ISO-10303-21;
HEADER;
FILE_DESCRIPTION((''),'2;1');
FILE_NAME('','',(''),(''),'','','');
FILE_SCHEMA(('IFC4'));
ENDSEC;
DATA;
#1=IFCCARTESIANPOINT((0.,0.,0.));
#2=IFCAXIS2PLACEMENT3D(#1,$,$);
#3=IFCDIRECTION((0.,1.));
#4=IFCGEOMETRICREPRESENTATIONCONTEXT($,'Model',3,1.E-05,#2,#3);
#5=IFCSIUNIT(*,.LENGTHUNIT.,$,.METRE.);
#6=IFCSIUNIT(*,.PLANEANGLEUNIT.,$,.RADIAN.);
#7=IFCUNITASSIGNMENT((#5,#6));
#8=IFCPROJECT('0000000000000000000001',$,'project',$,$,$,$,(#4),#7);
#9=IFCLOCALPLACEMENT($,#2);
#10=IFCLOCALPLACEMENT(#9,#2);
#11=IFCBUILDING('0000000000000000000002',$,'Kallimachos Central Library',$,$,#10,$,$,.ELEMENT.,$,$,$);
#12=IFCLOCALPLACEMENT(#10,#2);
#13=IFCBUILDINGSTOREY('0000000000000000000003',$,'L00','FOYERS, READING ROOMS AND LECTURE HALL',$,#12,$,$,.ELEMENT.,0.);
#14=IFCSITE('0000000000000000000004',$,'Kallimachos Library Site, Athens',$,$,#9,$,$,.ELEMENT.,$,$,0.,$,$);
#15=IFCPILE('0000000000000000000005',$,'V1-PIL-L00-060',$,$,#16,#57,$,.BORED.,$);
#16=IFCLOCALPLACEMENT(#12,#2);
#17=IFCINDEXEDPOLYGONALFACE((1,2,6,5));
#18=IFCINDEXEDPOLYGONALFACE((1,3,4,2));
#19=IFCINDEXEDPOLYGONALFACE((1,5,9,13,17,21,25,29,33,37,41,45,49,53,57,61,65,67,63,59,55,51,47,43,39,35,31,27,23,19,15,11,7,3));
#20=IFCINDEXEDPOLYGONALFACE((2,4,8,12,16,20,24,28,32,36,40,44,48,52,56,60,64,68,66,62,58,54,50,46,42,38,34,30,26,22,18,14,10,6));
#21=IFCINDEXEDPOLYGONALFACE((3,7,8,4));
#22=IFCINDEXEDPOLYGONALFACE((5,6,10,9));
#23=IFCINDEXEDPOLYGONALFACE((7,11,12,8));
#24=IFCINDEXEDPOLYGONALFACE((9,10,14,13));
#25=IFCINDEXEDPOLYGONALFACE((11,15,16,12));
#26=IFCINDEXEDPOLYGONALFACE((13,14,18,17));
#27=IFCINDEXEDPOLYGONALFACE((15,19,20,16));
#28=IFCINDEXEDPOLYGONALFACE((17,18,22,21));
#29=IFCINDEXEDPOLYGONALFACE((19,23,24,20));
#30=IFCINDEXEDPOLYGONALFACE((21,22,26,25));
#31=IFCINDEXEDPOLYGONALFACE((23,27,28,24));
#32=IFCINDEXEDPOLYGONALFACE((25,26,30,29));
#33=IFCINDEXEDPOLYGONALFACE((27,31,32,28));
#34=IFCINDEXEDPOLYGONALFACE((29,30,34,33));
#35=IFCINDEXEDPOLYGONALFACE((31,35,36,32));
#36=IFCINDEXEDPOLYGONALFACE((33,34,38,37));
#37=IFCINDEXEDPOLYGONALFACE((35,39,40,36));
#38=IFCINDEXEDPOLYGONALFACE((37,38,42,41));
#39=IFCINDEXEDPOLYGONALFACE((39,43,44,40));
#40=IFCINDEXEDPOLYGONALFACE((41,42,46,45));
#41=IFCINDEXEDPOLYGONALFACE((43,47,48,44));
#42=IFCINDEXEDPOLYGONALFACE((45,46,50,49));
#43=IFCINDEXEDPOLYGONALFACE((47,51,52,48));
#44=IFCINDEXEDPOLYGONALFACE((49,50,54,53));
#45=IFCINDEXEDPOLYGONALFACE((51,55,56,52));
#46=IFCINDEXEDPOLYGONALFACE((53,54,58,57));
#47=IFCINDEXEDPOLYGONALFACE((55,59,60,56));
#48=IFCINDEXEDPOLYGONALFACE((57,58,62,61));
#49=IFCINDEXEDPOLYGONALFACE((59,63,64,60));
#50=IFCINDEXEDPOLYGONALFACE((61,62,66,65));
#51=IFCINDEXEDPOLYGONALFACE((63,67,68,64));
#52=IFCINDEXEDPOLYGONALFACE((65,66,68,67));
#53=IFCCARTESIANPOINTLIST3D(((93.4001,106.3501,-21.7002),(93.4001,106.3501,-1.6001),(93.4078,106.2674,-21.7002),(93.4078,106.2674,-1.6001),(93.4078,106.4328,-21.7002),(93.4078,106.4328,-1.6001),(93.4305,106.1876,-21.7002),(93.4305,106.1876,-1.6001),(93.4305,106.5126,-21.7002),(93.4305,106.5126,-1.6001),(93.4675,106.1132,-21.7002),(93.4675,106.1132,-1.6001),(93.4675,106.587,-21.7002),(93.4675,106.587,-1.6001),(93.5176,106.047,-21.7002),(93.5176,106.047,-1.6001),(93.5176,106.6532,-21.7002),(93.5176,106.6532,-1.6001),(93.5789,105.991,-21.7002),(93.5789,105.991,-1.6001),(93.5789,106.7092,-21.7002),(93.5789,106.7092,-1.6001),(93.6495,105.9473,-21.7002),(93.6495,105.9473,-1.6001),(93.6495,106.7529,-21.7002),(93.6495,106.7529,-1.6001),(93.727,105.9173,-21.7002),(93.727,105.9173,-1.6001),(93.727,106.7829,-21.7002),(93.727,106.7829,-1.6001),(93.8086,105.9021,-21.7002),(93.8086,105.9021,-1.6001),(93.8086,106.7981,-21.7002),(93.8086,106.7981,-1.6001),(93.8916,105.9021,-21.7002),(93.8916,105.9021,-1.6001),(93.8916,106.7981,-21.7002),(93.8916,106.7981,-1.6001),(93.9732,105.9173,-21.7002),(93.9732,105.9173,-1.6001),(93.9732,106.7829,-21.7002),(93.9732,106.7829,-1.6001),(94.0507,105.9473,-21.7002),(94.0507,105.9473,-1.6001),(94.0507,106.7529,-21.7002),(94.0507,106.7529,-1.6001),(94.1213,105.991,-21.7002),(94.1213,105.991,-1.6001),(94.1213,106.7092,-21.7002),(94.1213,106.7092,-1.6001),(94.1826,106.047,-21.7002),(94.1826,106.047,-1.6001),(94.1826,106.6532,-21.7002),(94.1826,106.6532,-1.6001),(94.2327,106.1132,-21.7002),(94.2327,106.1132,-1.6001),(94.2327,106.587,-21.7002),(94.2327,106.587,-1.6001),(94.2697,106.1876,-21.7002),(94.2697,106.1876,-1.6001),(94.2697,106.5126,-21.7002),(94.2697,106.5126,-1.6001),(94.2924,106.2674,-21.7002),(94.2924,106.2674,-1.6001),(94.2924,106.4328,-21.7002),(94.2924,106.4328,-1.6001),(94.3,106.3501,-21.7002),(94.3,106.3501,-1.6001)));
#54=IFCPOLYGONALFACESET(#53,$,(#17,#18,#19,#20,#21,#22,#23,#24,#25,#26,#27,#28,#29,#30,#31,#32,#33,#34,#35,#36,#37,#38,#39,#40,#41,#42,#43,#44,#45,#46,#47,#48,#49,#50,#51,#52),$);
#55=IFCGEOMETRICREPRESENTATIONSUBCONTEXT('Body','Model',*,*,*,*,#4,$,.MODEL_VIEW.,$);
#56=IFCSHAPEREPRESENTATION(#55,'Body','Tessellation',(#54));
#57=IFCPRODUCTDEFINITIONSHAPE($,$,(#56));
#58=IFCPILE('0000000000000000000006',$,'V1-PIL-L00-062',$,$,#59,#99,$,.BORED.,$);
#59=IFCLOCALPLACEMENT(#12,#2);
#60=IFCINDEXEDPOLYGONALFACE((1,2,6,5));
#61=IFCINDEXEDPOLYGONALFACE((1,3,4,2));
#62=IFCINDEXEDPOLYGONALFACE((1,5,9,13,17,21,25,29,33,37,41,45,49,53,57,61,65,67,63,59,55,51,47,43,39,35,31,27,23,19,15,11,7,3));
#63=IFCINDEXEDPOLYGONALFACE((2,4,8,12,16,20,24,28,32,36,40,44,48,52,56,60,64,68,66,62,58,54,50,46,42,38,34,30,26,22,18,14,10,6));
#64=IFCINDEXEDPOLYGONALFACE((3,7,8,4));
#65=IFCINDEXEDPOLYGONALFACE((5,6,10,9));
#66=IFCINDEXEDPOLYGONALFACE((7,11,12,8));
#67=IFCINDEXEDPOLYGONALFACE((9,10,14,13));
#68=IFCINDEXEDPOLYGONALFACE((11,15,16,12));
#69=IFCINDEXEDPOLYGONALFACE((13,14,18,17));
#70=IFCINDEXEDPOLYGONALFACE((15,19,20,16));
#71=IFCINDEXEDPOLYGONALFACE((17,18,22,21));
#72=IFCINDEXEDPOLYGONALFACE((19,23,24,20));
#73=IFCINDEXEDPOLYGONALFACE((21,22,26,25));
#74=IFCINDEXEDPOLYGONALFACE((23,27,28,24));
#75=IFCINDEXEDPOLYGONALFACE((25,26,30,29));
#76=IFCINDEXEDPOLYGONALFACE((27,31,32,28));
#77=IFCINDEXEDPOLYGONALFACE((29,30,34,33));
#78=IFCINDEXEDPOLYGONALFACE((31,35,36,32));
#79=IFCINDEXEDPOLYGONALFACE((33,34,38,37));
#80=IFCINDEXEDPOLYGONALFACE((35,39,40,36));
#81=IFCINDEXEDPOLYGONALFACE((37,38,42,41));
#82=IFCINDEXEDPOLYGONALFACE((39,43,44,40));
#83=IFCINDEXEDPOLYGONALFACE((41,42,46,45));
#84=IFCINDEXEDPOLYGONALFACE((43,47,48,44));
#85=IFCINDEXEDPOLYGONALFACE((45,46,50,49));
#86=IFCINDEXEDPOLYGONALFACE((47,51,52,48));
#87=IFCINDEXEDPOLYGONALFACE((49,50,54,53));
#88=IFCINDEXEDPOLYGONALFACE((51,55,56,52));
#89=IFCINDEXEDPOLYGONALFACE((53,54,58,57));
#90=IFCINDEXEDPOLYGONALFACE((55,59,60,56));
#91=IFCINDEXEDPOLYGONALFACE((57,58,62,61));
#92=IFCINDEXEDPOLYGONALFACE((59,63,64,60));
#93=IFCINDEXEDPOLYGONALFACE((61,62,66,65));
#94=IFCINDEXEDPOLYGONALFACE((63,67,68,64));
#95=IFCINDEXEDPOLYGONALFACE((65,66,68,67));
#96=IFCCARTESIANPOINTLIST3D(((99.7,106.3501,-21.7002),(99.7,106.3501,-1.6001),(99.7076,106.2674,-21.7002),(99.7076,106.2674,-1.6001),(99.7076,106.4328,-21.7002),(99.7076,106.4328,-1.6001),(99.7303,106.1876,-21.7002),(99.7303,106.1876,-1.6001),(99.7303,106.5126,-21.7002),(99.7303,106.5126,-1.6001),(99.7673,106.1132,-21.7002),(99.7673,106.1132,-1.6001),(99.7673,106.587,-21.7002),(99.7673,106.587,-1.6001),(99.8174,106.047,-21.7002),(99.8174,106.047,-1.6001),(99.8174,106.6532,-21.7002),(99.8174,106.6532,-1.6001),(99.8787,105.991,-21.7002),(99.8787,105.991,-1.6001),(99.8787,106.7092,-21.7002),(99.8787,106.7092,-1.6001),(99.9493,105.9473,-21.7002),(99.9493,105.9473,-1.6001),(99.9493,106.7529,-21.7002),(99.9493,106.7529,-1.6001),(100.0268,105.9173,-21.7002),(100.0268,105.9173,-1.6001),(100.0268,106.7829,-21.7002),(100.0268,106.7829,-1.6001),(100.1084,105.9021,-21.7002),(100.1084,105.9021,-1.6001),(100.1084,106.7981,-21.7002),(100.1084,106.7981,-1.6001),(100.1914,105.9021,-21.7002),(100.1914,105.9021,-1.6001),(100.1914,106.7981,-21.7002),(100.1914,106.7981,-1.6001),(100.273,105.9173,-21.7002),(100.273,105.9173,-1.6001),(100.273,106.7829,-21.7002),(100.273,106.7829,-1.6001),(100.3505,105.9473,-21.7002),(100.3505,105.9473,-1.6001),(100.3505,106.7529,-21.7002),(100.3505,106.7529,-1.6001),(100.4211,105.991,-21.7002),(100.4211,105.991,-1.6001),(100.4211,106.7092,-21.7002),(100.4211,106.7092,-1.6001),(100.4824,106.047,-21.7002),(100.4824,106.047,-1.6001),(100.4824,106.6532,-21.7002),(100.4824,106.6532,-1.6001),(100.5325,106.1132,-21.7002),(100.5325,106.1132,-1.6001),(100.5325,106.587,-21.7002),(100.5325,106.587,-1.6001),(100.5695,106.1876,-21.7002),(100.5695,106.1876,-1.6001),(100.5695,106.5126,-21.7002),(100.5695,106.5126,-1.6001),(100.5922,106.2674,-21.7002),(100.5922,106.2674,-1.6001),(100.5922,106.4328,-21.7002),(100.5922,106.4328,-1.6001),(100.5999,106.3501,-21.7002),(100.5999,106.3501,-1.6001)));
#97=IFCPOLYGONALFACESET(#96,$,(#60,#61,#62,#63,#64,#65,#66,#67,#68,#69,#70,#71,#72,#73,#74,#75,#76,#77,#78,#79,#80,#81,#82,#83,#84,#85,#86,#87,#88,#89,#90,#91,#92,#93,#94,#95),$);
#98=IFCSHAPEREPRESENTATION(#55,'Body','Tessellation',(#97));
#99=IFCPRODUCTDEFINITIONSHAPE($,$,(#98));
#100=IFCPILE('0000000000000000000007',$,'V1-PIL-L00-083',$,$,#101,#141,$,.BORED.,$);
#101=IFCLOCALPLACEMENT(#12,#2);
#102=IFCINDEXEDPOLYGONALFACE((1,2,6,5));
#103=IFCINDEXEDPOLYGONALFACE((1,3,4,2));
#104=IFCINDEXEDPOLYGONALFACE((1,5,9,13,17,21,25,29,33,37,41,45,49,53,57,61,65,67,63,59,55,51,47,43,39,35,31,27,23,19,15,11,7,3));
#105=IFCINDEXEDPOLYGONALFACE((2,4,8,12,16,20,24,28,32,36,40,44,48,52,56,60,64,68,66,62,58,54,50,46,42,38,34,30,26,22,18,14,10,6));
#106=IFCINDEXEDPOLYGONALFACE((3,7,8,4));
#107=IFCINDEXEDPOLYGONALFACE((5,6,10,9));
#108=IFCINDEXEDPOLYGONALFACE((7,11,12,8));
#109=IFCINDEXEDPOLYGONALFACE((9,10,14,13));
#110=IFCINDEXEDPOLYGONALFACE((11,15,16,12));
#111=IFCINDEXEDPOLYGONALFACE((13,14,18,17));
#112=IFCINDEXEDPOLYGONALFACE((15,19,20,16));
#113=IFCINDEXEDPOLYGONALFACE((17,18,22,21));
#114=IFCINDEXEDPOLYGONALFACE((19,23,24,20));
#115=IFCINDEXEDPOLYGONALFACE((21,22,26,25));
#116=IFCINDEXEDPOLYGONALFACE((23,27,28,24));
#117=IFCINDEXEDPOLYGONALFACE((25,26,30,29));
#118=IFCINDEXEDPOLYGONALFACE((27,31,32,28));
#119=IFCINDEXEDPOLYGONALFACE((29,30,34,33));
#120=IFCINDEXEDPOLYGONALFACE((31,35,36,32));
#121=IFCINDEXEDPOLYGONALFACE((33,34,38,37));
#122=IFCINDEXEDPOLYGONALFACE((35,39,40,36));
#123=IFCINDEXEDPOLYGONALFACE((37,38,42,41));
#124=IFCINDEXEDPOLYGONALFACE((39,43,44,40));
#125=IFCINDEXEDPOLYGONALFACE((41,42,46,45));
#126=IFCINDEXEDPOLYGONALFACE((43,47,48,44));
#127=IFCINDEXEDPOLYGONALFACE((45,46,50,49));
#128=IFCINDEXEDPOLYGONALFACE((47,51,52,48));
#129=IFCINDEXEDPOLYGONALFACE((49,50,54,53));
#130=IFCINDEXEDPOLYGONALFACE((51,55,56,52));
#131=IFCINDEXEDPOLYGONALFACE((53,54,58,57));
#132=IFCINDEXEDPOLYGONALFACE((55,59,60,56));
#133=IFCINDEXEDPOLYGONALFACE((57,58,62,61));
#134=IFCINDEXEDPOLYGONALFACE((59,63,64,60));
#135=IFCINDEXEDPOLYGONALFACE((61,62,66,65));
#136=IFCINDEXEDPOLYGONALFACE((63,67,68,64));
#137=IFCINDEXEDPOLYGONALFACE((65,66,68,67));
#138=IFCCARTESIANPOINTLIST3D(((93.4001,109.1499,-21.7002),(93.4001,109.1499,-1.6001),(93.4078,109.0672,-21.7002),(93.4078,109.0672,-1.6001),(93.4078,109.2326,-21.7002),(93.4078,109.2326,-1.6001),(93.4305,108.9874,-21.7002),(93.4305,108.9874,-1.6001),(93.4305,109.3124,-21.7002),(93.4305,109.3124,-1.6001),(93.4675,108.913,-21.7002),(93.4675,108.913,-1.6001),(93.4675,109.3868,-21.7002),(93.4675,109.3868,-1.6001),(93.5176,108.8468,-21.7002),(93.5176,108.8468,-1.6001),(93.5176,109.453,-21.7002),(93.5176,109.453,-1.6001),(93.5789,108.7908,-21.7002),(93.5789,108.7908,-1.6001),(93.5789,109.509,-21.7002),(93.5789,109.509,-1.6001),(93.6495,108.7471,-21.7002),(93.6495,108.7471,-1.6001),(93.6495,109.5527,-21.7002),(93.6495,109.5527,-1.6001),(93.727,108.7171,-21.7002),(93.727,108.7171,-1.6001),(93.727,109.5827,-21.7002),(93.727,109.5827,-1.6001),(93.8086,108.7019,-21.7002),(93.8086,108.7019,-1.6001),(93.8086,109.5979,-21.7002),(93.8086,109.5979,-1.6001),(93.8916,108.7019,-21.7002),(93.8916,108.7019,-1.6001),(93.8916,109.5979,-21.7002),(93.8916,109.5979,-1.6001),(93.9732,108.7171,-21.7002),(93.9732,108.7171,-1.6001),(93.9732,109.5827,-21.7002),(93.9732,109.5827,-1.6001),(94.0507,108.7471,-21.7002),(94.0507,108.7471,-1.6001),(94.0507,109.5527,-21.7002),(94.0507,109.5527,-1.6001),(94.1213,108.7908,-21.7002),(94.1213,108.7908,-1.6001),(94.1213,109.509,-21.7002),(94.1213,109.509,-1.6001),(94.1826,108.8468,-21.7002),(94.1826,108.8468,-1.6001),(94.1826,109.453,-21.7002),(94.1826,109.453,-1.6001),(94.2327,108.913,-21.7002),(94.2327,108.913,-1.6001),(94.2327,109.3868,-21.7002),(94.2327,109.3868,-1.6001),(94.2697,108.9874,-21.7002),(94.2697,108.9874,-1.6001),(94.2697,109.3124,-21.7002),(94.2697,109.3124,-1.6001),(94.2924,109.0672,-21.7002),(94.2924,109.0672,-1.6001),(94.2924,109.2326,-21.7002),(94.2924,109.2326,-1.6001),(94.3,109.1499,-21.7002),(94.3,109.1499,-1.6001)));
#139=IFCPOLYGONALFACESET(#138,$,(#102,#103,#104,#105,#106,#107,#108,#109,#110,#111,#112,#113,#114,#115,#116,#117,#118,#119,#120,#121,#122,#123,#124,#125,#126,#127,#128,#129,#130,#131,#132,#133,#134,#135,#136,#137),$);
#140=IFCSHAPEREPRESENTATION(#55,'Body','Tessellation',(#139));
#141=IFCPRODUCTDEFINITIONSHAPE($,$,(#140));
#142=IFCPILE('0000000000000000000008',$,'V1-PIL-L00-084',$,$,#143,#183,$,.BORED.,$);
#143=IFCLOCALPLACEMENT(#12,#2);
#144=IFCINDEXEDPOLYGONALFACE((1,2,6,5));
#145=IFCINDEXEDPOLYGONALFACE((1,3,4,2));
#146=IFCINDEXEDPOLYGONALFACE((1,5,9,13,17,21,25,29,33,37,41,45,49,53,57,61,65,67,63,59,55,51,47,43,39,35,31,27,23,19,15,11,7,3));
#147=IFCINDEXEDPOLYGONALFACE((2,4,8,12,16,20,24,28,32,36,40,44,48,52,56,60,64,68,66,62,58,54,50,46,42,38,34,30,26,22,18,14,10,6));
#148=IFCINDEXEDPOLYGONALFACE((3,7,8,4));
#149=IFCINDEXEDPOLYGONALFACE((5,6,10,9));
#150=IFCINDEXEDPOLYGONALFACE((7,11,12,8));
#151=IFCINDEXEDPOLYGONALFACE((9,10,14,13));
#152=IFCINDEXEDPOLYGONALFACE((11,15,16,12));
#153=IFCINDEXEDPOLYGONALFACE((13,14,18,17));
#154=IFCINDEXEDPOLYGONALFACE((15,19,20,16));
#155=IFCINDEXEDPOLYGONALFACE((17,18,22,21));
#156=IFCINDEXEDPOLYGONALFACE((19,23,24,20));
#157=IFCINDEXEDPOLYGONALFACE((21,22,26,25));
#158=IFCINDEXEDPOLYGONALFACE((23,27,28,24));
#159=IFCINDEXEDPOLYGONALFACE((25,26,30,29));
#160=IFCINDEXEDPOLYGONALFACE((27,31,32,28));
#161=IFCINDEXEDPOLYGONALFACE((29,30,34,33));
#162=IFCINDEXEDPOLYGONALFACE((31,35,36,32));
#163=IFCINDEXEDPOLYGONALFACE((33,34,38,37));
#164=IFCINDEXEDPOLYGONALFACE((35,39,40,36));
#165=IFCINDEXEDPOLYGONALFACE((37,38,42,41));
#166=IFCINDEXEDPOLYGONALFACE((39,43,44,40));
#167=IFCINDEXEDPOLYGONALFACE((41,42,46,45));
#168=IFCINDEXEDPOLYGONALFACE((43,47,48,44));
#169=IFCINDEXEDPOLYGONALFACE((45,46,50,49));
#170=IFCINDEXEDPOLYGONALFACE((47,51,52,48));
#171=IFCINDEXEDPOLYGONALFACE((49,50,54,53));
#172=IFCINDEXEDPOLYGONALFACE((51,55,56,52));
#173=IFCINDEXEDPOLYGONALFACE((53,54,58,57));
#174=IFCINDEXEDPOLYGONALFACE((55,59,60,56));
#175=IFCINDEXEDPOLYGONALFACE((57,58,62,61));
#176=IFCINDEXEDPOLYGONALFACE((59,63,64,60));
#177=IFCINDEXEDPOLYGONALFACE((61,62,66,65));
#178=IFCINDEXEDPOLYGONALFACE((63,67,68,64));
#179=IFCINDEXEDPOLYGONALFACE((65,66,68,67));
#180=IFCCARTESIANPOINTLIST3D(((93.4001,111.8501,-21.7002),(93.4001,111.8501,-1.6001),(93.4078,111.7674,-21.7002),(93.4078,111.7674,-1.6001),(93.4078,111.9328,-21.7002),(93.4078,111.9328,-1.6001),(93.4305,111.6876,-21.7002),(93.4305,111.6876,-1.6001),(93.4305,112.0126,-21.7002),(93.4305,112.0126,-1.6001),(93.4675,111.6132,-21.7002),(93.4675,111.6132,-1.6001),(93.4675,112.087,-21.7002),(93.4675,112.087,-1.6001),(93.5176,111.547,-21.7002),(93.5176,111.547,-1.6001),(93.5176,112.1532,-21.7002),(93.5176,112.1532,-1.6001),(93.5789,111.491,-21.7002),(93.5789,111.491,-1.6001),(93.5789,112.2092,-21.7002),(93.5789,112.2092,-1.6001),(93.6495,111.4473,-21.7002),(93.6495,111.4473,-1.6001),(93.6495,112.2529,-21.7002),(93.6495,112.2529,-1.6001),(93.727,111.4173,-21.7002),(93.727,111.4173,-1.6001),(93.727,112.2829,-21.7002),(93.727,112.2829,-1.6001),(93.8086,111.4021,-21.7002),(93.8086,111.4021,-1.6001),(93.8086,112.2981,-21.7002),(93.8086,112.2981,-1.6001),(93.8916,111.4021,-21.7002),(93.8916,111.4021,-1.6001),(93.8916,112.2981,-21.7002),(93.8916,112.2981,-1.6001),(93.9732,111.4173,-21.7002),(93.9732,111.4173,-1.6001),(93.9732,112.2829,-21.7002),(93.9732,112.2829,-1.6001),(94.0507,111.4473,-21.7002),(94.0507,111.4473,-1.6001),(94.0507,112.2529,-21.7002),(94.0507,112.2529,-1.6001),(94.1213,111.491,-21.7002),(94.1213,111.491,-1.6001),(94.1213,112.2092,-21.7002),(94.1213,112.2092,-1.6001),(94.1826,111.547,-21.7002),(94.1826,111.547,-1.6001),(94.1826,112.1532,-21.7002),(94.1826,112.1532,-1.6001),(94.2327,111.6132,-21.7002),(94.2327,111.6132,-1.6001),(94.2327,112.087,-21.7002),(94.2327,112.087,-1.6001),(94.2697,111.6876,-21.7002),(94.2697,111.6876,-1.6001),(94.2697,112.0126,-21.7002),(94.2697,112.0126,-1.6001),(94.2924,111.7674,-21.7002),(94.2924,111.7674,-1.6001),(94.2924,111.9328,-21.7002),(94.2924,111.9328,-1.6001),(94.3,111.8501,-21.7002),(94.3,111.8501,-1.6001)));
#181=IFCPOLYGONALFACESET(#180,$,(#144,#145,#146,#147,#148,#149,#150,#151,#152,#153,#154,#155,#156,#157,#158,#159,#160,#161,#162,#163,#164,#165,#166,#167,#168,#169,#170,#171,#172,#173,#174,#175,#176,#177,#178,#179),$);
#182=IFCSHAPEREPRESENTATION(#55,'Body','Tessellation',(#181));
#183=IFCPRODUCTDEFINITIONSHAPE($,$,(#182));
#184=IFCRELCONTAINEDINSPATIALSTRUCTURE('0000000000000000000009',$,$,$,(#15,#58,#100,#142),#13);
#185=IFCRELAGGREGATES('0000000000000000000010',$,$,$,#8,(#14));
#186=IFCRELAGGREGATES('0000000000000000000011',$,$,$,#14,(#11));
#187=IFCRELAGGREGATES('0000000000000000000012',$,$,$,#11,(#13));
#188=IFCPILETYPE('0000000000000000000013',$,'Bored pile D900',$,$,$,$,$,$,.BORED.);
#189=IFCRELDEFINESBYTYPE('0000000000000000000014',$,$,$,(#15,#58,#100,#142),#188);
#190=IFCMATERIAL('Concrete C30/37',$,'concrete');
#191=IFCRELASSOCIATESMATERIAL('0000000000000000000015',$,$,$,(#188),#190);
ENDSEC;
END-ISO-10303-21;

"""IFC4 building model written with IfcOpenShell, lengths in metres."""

from ifc_helpers import new_model, si_unit, direction, frame, origin, origin_2d, place, context, subcontext, project, spatial, circle, extrude, material, type_object, element, save


model = new_model("IFC4")

# Units and contexts
model_context = context("Model", 3, precision=1e-05, world=origin(), true_north=direction((0.0, 1.0)))
body_context = subcontext(model_context, "Body", "Model", "MODEL_VIEW")
ifc_project = project(units=[si_unit("LENGTHUNIT", "METRE"), si_unit("PLANEANGLEUNIT", "RADIAN")], contexts=[model_context])

# Site, building, storey
site_placement = place(None, origin())
site = spatial("IfcSite", under=ifc_project, at=site_placement, Name="Kallimachos Library Site, Athens", CompositionType="ELEMENT", RefElevation=0.0)
building_placement = place(site_placement, origin())
building = spatial("IfcBuilding", under=site, at=building_placement, Name="Kallimachos Central Library", CompositionType="ELEMENT")
storey_placement = place(building_placement, origin())
storey = spatial("IfcBuildingStorey", under=building, at=storey_placement, Name="L00", Description="FOYERS, READING ROOMS AND LECTURE HALL", CompositionType="ELEMENT", Elevation=0.0)

# Piles
ifc_material_1 = material(Name="Concrete C30/37", Category="concrete")
pile_type = type_object("IfcPileType", Name="Bored pile D900", PredefinedType="BORED", material=ifc_material_1)
for number, where, z_axis, x_axis, name in (
    (1, (93.8501, 106.3501, -1.6001), (0.0, 0.0, -1.0), (1.0, 0.0, 0.0), "V1-PIL-L00-060"),
    (2, (100.1499, 106.3501, -1.6001), (0.0, 0.0, -1.0), (1.0, 0.0, 0.0), "V1-PIL-L00-062"),
    (3, (93.8501, 109.1499, -1.6001), (0.0, 0.0, -1.0), (1.0, 0.0, 0.0), "V1-PIL-L00-083"),
    (4, (93.8501, 111.8501, -1.6001), (0.0, 0.0, -1.0), (1.0, 0.0, 0.0), "V1-PIL-L00-084"),
):
    element("IfcPile", number, at=place(storey_placement, frame(where, z_axis=z_axis, x_axis=x_axis)), inside=storey, type_object=pile_type, Name=name, PredefinedType="BORED", context=body_context, shape_type="SweptSolid", body=[
        extrude(circle(Radius=0.45, at=origin_2d()), origin(), (0.0, 0.0, 1.0), 20.1001),
    ])

save(model, "model.ifc")
